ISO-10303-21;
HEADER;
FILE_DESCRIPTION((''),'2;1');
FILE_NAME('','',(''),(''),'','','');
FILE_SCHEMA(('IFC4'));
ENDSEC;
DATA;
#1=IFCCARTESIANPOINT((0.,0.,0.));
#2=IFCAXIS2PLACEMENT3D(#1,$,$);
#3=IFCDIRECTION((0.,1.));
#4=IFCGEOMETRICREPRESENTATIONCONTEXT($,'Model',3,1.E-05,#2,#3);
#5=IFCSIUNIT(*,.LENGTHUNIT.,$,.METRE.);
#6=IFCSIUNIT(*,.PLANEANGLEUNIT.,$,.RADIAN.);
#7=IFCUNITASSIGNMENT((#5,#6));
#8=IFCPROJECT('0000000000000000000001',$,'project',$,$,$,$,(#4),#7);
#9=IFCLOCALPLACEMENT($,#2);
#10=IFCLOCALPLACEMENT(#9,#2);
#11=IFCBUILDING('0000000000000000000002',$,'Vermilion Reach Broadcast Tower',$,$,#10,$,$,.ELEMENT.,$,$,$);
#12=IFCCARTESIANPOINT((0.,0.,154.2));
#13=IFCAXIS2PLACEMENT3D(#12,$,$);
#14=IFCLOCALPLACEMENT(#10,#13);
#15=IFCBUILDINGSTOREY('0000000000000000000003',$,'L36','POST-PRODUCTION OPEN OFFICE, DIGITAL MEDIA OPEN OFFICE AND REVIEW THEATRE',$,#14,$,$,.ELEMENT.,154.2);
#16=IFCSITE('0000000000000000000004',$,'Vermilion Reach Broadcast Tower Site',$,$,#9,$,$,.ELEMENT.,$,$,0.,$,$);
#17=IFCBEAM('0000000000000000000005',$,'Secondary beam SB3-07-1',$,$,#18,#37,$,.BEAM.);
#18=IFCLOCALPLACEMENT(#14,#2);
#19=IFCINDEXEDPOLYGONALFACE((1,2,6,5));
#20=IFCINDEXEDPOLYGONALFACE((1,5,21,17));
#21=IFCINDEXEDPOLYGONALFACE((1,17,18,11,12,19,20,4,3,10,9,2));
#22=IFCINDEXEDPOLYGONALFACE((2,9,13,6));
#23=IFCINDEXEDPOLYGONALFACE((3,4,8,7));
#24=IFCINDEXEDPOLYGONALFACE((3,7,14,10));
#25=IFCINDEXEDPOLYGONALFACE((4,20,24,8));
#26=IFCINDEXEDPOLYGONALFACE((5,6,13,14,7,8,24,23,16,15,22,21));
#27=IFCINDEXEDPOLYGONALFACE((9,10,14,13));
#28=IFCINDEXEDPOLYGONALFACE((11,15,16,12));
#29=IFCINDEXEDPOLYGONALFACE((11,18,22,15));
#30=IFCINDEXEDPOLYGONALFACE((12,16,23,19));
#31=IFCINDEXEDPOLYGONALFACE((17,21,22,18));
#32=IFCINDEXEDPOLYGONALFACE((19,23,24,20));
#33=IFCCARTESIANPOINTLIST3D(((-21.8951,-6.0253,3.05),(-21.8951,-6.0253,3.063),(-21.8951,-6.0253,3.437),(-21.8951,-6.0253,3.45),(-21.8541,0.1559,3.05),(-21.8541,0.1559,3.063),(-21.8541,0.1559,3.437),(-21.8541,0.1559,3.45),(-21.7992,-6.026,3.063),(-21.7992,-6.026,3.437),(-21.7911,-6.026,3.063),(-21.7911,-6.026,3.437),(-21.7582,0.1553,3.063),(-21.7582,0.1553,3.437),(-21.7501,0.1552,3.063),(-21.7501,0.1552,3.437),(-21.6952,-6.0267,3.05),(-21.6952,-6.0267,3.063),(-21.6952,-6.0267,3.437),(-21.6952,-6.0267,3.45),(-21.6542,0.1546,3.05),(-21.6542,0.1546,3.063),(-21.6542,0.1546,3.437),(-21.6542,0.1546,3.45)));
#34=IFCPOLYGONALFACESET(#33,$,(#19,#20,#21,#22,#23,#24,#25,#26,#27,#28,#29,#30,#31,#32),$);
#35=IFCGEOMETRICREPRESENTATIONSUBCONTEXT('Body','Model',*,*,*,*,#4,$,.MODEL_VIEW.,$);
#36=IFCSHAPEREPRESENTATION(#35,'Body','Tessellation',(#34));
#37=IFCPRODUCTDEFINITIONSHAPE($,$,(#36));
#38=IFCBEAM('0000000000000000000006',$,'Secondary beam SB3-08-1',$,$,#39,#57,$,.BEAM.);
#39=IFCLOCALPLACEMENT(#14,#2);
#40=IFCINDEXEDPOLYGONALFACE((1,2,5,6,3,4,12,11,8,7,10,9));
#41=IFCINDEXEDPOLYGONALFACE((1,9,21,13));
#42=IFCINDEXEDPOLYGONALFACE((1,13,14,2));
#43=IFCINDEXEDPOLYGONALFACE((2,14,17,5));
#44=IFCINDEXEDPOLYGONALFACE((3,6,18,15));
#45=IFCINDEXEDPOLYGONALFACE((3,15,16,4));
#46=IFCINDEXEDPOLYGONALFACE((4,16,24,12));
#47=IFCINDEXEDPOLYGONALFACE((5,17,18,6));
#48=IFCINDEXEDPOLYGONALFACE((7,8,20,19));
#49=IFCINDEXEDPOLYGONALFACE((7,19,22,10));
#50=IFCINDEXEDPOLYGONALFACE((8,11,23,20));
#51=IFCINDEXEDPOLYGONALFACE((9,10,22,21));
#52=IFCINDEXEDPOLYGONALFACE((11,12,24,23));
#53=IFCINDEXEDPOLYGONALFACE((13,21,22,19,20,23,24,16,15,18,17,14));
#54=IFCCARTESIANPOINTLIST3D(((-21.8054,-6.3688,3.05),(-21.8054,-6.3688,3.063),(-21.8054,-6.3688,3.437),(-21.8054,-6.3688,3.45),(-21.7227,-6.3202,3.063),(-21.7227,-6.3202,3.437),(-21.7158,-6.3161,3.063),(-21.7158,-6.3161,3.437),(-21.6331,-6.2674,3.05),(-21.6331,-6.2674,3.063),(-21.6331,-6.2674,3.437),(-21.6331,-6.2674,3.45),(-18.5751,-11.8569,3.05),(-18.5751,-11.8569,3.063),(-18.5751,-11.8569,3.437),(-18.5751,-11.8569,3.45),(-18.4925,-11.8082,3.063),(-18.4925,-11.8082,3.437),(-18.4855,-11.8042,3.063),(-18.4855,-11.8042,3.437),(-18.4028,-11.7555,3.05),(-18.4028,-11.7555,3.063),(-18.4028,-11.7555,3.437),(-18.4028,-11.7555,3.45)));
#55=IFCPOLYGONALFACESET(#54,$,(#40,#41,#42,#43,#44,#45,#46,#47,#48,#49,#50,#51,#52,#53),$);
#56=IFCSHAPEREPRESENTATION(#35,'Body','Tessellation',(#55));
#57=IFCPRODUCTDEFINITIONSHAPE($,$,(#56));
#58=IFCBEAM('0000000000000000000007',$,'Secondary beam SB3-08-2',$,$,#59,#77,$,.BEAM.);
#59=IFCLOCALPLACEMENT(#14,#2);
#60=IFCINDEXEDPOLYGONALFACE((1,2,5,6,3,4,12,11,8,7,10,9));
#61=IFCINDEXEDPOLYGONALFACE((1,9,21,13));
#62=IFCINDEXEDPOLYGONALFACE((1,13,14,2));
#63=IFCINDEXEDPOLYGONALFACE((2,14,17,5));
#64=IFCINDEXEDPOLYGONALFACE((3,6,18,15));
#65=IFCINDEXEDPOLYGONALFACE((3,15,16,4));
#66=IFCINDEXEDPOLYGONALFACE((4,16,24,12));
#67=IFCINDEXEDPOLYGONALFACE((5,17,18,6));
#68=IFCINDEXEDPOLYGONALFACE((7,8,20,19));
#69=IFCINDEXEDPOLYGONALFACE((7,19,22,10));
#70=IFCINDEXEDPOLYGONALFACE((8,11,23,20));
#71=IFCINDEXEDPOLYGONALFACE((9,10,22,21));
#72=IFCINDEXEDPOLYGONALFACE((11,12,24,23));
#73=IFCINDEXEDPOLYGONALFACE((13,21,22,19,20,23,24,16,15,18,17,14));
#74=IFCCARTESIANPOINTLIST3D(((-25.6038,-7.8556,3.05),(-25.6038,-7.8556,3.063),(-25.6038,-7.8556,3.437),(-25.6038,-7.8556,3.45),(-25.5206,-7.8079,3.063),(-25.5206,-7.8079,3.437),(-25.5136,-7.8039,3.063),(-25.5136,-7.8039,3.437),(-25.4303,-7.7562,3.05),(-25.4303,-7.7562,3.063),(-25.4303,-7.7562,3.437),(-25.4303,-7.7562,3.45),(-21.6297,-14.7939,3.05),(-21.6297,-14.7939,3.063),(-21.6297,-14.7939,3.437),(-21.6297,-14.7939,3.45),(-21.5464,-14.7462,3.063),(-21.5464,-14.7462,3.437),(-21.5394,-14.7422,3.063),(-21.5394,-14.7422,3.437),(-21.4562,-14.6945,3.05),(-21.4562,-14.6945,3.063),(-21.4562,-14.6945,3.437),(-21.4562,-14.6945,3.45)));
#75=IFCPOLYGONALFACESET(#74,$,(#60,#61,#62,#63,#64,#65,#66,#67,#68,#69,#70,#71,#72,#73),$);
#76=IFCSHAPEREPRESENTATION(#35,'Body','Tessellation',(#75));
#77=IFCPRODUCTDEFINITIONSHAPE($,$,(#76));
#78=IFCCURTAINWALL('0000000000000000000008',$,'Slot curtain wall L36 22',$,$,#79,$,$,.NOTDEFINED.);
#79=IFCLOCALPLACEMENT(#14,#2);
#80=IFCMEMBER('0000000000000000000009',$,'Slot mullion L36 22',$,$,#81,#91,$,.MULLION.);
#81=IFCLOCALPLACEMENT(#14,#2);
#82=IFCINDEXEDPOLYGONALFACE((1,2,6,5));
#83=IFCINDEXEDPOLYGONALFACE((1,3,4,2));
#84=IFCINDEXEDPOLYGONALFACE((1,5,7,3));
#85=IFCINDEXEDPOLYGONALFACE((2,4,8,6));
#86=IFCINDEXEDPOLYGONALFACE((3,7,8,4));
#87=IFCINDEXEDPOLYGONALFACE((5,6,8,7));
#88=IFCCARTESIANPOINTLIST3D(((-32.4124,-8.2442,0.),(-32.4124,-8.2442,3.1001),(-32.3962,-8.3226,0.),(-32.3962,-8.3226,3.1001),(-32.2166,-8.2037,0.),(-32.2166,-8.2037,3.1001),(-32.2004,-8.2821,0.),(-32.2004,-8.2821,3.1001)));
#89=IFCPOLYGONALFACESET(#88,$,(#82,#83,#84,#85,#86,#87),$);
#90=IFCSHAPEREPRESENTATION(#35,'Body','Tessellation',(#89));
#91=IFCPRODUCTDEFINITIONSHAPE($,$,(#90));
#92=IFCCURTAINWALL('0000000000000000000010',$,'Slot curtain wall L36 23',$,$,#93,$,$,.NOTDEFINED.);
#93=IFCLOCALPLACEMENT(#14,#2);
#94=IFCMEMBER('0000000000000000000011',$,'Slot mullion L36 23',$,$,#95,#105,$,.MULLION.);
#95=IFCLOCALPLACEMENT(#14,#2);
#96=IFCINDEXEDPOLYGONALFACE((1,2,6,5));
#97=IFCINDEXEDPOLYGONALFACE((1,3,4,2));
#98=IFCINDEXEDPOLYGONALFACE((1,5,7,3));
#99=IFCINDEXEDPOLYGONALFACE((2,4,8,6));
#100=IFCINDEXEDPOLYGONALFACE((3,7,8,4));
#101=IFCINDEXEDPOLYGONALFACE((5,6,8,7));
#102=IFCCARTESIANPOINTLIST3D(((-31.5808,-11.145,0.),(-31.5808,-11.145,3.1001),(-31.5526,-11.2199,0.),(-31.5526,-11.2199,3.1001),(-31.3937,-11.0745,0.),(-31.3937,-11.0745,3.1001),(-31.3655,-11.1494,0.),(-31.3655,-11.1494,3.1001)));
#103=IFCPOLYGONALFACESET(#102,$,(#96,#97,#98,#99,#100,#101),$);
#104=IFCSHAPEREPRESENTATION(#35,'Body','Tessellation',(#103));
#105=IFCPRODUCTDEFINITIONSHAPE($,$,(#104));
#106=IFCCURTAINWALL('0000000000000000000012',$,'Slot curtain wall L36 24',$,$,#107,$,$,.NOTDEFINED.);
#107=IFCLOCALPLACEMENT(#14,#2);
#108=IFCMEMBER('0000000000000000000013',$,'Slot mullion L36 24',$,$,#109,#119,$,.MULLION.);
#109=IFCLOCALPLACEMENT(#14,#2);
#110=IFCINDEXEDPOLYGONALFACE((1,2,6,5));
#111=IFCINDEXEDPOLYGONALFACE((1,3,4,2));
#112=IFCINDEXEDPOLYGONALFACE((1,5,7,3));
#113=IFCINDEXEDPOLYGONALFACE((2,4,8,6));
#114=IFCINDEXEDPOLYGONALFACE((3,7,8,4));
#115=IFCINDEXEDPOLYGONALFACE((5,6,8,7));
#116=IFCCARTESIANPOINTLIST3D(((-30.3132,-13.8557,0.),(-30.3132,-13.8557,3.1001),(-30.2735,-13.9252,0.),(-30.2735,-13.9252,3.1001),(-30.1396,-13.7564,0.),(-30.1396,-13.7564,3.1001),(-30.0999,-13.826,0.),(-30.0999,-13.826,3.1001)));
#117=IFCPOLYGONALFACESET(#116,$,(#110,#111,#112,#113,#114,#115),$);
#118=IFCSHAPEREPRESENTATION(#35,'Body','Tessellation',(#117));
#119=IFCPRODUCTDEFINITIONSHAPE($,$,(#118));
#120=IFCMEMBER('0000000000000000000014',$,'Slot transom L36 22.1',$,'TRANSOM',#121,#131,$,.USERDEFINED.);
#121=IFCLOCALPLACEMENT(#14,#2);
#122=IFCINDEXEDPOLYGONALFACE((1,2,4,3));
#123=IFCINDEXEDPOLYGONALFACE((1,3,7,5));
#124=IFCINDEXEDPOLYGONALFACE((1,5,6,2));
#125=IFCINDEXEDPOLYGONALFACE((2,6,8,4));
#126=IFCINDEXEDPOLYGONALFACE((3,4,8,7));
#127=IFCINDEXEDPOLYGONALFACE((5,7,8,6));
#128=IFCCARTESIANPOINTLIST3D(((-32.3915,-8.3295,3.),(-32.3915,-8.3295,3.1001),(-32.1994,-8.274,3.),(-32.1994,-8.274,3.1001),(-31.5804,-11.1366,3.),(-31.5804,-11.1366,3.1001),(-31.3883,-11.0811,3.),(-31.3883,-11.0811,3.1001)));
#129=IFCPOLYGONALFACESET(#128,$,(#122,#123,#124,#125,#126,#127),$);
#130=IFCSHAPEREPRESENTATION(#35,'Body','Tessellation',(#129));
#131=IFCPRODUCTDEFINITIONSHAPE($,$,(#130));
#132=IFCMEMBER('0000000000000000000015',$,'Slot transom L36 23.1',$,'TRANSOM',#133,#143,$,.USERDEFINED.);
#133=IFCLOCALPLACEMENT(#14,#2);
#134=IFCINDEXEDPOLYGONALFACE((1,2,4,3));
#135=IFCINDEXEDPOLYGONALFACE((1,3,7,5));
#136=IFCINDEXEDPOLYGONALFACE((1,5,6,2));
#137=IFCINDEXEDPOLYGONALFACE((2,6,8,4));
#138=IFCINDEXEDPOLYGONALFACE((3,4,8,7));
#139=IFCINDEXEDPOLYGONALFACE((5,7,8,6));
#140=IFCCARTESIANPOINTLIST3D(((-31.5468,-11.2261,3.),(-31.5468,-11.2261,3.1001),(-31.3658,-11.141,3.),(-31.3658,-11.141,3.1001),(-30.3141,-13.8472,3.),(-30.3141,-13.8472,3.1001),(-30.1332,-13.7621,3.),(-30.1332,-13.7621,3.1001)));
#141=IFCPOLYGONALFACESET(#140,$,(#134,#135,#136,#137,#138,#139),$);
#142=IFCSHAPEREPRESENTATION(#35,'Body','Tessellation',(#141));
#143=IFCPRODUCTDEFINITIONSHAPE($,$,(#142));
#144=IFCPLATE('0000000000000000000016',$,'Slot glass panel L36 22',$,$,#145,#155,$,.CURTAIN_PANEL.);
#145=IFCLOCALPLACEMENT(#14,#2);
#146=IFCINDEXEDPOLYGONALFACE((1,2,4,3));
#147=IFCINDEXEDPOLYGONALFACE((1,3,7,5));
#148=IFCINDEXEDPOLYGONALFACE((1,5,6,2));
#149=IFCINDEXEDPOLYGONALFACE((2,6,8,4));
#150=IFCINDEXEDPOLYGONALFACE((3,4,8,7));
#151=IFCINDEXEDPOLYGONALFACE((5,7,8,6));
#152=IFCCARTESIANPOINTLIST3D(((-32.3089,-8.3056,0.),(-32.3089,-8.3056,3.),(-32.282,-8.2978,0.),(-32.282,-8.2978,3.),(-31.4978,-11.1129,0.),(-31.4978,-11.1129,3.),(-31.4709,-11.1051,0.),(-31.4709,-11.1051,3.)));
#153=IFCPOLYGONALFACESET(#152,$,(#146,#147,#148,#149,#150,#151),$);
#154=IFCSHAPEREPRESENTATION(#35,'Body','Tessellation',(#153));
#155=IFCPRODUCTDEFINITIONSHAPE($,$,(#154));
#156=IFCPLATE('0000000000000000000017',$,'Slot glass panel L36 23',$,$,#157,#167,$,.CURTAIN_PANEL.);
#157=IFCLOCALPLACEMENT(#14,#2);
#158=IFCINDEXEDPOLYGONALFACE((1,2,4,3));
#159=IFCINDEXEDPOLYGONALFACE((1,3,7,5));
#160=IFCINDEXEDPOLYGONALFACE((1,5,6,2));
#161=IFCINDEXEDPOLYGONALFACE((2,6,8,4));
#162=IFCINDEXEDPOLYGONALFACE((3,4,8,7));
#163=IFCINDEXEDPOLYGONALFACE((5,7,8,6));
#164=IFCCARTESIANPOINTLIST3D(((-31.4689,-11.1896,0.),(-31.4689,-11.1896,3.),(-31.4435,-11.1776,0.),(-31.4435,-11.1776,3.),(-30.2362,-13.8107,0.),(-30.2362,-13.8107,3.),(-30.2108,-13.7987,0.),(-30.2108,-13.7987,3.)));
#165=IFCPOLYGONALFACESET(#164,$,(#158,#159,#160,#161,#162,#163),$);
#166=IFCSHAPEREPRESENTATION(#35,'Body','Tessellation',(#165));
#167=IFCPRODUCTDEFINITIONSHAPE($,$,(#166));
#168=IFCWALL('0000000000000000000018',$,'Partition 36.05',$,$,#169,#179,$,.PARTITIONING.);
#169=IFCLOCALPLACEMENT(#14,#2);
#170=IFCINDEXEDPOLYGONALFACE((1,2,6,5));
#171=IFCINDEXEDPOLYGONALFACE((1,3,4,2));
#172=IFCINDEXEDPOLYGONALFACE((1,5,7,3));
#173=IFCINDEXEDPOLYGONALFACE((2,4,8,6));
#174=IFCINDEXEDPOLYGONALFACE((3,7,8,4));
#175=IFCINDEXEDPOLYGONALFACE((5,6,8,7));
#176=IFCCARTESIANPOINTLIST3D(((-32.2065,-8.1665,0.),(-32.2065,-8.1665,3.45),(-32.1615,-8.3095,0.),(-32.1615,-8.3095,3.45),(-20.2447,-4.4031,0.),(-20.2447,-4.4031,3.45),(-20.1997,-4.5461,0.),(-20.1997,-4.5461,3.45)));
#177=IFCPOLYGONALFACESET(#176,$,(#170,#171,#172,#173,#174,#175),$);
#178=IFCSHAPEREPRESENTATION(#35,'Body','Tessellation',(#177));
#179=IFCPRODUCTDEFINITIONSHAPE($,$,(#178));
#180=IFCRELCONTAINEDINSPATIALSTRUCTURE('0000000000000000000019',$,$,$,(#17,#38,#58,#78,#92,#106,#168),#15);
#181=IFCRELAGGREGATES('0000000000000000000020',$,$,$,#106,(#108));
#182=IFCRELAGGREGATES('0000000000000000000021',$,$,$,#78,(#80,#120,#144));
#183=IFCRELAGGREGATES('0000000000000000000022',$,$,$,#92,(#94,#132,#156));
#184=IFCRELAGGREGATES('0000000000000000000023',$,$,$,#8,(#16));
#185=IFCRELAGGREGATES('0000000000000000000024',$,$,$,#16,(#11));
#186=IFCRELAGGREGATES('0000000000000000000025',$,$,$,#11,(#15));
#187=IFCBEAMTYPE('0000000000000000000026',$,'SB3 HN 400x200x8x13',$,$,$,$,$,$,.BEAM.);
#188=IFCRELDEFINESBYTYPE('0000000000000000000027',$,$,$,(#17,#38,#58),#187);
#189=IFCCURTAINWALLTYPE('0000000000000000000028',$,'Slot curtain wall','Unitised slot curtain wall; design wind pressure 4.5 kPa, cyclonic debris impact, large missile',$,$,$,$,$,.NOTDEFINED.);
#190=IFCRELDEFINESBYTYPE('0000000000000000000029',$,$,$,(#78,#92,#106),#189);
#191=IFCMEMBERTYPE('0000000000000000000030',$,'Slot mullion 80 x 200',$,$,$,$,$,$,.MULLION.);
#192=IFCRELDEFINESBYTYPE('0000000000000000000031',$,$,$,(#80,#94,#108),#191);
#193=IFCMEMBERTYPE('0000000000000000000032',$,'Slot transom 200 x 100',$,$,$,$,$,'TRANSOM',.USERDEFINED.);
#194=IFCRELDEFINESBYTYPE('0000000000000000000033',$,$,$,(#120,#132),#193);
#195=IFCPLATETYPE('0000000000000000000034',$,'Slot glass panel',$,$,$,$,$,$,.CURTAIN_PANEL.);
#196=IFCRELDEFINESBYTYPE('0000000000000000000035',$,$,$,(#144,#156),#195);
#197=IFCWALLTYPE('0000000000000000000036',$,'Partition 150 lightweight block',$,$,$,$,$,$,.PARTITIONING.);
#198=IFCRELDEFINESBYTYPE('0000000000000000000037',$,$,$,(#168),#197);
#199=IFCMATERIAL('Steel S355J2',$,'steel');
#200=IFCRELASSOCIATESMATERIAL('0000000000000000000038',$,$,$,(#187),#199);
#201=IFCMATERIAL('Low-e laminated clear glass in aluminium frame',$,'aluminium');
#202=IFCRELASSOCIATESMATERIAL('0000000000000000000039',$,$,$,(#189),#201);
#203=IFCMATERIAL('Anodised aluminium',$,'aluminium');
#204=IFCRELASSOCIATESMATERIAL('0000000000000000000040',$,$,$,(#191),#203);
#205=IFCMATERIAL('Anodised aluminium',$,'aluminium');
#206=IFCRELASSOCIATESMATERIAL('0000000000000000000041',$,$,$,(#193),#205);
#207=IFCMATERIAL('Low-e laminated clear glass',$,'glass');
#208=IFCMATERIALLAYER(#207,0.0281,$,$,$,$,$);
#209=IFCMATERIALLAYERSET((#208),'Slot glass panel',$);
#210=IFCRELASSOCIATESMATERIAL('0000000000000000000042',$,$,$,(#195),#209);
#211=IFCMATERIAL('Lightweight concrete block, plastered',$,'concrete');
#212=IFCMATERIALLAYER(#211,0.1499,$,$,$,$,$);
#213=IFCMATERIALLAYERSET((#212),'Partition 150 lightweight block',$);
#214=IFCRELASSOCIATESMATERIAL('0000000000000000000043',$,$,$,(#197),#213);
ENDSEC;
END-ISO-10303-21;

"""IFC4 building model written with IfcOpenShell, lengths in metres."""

from ifc_helpers import new_model, si_unit, direction, frame, frame_2d, origin, origin_2d, place, context, subcontext, project, spatial, rectangle, i_section, extrude, material, layer, layer_set, material_profile, profile_set, type_object, element, aggregate, save


model = new_model("IFC4")

# Units and contexts
model_context = context("Model", 3, precision=1e-05, world=origin(), true_north=direction((0.0, 1.0)))
body_context = subcontext(model_context, "Body", "Model", "MODEL_VIEW")
ifc_project = project(units=[si_unit("LENGTHUNIT", "METRE"), si_unit("PLANEANGLEUNIT", "RADIAN")], contexts=[model_context])

# Site, building, storey
site_placement = place(None, origin())
site = spatial("IfcSite", under=ifc_project, at=site_placement, Name="Vermilion Reach Broadcast Tower Site", CompositionType="ELEMENT", RefElevation=0.0)
building_placement = place(site_placement, origin())
building = spatial("IfcBuilding", under=site, at=building_placement, Name="Vermilion Reach Broadcast Tower", CompositionType="ELEMENT")
storey_placement = place(building_placement, frame((0.0, 0.0, 154.2)))
storey = spatial("IfcBuildingStorey", under=building, at=storey_placement, Name="L36", Description="POST-PRODUCTION OPEN OFFICE, DIGITAL MEDIA OPEN OFFICE AND REVIEW THEATRE", CompositionType="ELEMENT", Elevation=154.2)

# Beams
ifc_material_1 = material(Name="Steel S355J2", Category="steel")
ifc_material_profile_1 = material_profile(ifc_material_1, i_section(OverallWidth=0.2, OverallDepth=0.3999, WebThickness=0.0081, FlangeThickness=0.0129, at=origin_2d()), Name="S355J2 HN 400x200x8x13")
ifc_profile_set_1 = profile_set([ifc_material_profile_1], Name="Steel S355J2")
beam_type_1 = type_object("IfcBeamType", Name="SB3 HN 400x200x8x13", PredefinedType="BEAM", material=ifc_profile_set_1)
beam_1_placement = place(storey_placement, frame((-21.7542, 0.1553, 3.25), z_axis=(-0.006635, -0.999978, 0.0), x_axis=(0.999978, -0.006635, 0.0)))
element("IfcBeam", 1, at=beam_1_placement, inside=storey, type_object=beam_type_1, Name="Secondary beam SB3-07-1", PredefinedType="BEAM", context=body_context, shape_type="SweptSolid", body=[
    extrude(i_section(OverallWidth=0.2, OverallDepth=0.3999, WebThickness=0.0081, FlangeThickness=0.0129, at=origin_2d()), origin(), (0.0, 0.0, 1.0), 6.1814),
])
beam_2_placement = place(storey_placement, frame((-21.7192, -6.3181, 3.25), z_axis=(0.50725, -0.861799, 0.0), x_axis=(0.861799, 0.50725, 0.0)))
element("IfcBeam", 2, at=beam_2_placement, inside=storey, type_object=beam_type_1, Name="Secondary beam SB3-08-1", PredefinedType="BEAM", context=body_context, shape_type="SweptSolid", body=[
    extrude(i_section(OverallWidth=0.2, OverallDepth=0.3999, WebThickness=0.0081, FlangeThickness=0.0129, at=origin_2d()), origin(), (0.0, 0.0, 1.0), 6.3682),
])
beam_3_placement = place(storey_placement, frame((-25.5171, -7.8059, 3.25), z_axis=(0.497027, -0.867735, 0.0), x_axis=(0.867735, 0.497027, 0.0)))
element("IfcBeam", 3, at=beam_3_placement, inside=storey, type_object=beam_type_1, Name="Secondary beam SB3-08-2", PredefinedType="BEAM", context=body_context, shape_type="SweptSolid", body=[
    extrude(i_section(OverallWidth=0.2, OverallDepth=0.3999, WebThickness=0.0081, FlangeThickness=0.0129, at=origin_2d()), origin(), (0.0, 0.0, 1.0), 7.9958),
])

# Curtain walls, members
ifc_material_2 = material(Name="Low-e laminated clear glass in aluminium frame", Category="aluminium")
curtain_wall_type = type_object("IfcCurtainWallType", Name="Slot curtain wall", Description="Unitised slot curtain wall; design wind pressure 4.5 kPa, cyclonic debris impact, large missile", PredefinedType="NOTDEFINED", material=ifc_material_2)
placement = place(storey_placement, origin())
curtain_wall_1 = element("IfcCurtainWall", 4, at=placement, inside=storey, type_object=curtain_wall_type, Name="Slot curtain wall L36 22", PredefinedType="NOTDEFINED")
ifc_material_3 = material(Name="Anodised aluminium", Category="aluminium")
ifc_material_profile_2 = material_profile(ifc_material_3, rectangle(XDim=0.2, YDim=0.0801, at=origin_2d()), Name="Slot mullion 80 x 200")
ifc_profile_set_2 = profile_set([ifc_material_profile_2], Name="Anodised aluminium")
member_type_1 = type_object("IfcMemberType", Name="Slot mullion 80 x 200", PredefinedType="MULLION", material=ifc_profile_set_2)
member_1_placement = place(storey_placement, frame((-32.3064, -8.2632, 0.0), z_axis=(0.0, 0.0, 1.0), x_axis=(0.97927, 0.202558, 0.0)))
member_1 = element("IfcMember", 5, at=member_1_placement, type_object=member_type_1, Name="Slot mullion L36 22", PredefinedType="MULLION", context=body_context, shape_type="SweptSolid", body=[
    extrude(rectangle(XDim=0.2, YDim=0.0801, at=origin_2d()), origin(), (0.0, 0.0, 1.0), 3.1001),
])
curtain_wall_2 = element("IfcCurtainWall", 6, at=placement, inside=storey, type_object=curtain_wall_type, Name="Slot curtain wall L36 23", PredefinedType="NOTDEFINED")
member_2_placement = place(storey_placement, frame((-31.4731, -11.1472, 0.0), z_axis=(0.0, 0.0, 1.0), x_axis=(0.935745, 0.352677, 0.0)))
member_2 = element("IfcMember", 7, at=member_2_placement, type_object=member_type_1, Name="Slot mullion L36 23", PredefinedType="MULLION", context=body_context, shape_type="SweptSolid", body=[
    extrude(rectangle(XDim=0.2, YDim=0.0801, at=origin_2d()), origin(), (0.0, 0.0, 1.0), 3.1001),
])
curtain_wall_3 = element("IfcCurtainWall", 8, at=placement, inside=storey, type_object=curtain_wall_type, Name="Slot curtain wall L36 24", PredefinedType="NOTDEFINED")
member_3_placement = place(storey_placement, frame((-30.2065, -13.8408, 0.0), z_axis=(0.0, 0.0, 1.0), x_axis=(0.868112, 0.496368, 0.0)))
member_3 = element("IfcMember", 9, at=member_3_placement, type_object=member_type_1, Name="Slot mullion L36 24", PredefinedType="MULLION", context=body_context, shape_type="SweptSolid", body=[
    extrude(rectangle(XDim=0.2, YDim=0.0801, at=origin_2d()), origin(), (0.0, 0.0, 1.0), 3.1001),
])
aggregate(curtain_wall_3, [member_3])

# Members
ifc_material_4 = material(Name="Anodised aluminium", Category="aluminium")
ifc_material_profile_3 = material_profile(ifc_material_4, rectangle(XDim=0.2, YDim=0.1001, at=origin_2d()), Name="Slot transom 200 x 100")
ifc_profile_set_3 = profile_set([ifc_material_profile_3], Name="Anodised aluminium")
member_type_2 = type_object("IfcMemberType", Name="Slot transom 200 x 100", ElementType="TRANSOM", PredefinedType="USERDEFINED", material=ifc_profile_set_3)
member_4_placement = place(storey_placement, frame((-32.2954, -8.3018, 3.05), z_axis=(0.277567, -0.960706, 0.0), x_axis=(0.960706, 0.277567, 0.0)))
member_4 = element("IfcMember", 10, at=member_4_placement, type_object=member_type_2, Name="Slot transom L36 22.1", ObjectType="TRANSOM", PredefinedType="USERDEFINED", context=body_context, shape_type="SweptSolid", body=[
    extrude(rectangle(XDim=0.2, YDim=0.1001, at=origin_2d()), origin(), (0.0, 0.0, 1.0), 2.9219),
])
member_5_placement = place(storey_placement, frame((-31.4563, -11.1836, 3.05), z_axis=(0.425574, -0.904924, 0.0), x_axis=(0.904924, 0.425574, 0.0)))
member_5 = element("IfcMember", 11, at=member_5_placement, type_object=member_type_2, Name="Slot transom L36 23.1", ObjectType="TRANSOM", PredefinedType="USERDEFINED", context=body_context, shape_type="SweptSolid", body=[
    extrude(rectangle(XDim=0.2, YDim=0.1001, at=origin_2d()), origin(), (0.0, 0.0, 1.0), 2.8965),
])

# Plates
ifc_material_5 = material(Name="Low-e laminated clear glass", Category="glass")
ifc_layer_1 = layer(ifc_material_5, 0.0281)
ifc_layer_set_1 = layer_set([ifc_layer_1], Name="Slot glass panel")
plate_type = type_object("IfcPlateType", Name="Slot glass panel", PredefinedType="CURTAIN_PANEL", material=ifc_layer_set_1)
plate_1_placement = place(storey_placement, frame((-31.8899, -9.7053, 0.0), z_axis=(0.0, 0.0, 1.0), x_axis=(0.277574, -0.960704, 0.0)))
plate_1 = element("IfcPlate", 12, at=plate_1_placement, type_object=plate_type, Name="Slot glass panel L36 22", PredefinedType="CURTAIN_PANEL", context=body_context, shape_type="SweptSolid", body=[
    extrude(rectangle(XDim=2.9221, YDim=0.0281, at=origin_2d()), origin(), (0.0, 0.0, 1.0), 3.0),
])
aggregate(curtain_wall_1, [member_1, member_4, plate_1])
plate_2_placement = place(storey_placement, frame((-30.8398, -12.4941, 0.0), z_axis=(0.0, 0.0, 1.0), x_axis=(0.42557, -0.904925, 0.0)))
plate_2 = element("IfcPlate", 13, at=plate_2_placement, type_object=plate_type, Name="Slot glass panel L36 23", PredefinedType="CURTAIN_PANEL", context=body_context, shape_type="SweptSolid", body=[
    extrude(rectangle(XDim=2.8965, YDim=0.0281, at=origin_2d()), origin(), (0.0, 0.0, 1.0), 3.0),
])
aggregate(curtain_wall_2, [member_2, member_5, plate_2])

# Wall
ifc_material_6 = material(Name="Lightweight concrete block, plastered", Category="concrete")
ifc_layer_2 = layer(ifc_material_6, 0.1499)
ifc_layer_set_2 = layer_set([ifc_layer_2], Name="Partition 150 lightweight block")
wall_type_1 = type_object("IfcWallType", Name="Partition 150 lightweight block", PredefinedType="PARTITIONING", material=ifc_layer_set_2)
wall_1_placement = place(storey_placement, frame((-32.1841, -8.238, 0.0), z_axis=(0.0, 0.0, 1.0), x_axis=(0.953901, 0.30012, 0.0)))
element("IfcWall", 14, at=wall_1_placement, inside=storey, type_object=wall_type_1, Name="Partition 36.05", PredefinedType="PARTITIONING", context=body_context, shape_type="SweptSolid", body=[
    extrude(rectangle(XDim=12.5398, YDim=0.1499, at=frame_2d((6.27, 0.0))), origin(), (0.0, 0.0, 1.0), 3.45),
])

save(model, "model.ifc")
